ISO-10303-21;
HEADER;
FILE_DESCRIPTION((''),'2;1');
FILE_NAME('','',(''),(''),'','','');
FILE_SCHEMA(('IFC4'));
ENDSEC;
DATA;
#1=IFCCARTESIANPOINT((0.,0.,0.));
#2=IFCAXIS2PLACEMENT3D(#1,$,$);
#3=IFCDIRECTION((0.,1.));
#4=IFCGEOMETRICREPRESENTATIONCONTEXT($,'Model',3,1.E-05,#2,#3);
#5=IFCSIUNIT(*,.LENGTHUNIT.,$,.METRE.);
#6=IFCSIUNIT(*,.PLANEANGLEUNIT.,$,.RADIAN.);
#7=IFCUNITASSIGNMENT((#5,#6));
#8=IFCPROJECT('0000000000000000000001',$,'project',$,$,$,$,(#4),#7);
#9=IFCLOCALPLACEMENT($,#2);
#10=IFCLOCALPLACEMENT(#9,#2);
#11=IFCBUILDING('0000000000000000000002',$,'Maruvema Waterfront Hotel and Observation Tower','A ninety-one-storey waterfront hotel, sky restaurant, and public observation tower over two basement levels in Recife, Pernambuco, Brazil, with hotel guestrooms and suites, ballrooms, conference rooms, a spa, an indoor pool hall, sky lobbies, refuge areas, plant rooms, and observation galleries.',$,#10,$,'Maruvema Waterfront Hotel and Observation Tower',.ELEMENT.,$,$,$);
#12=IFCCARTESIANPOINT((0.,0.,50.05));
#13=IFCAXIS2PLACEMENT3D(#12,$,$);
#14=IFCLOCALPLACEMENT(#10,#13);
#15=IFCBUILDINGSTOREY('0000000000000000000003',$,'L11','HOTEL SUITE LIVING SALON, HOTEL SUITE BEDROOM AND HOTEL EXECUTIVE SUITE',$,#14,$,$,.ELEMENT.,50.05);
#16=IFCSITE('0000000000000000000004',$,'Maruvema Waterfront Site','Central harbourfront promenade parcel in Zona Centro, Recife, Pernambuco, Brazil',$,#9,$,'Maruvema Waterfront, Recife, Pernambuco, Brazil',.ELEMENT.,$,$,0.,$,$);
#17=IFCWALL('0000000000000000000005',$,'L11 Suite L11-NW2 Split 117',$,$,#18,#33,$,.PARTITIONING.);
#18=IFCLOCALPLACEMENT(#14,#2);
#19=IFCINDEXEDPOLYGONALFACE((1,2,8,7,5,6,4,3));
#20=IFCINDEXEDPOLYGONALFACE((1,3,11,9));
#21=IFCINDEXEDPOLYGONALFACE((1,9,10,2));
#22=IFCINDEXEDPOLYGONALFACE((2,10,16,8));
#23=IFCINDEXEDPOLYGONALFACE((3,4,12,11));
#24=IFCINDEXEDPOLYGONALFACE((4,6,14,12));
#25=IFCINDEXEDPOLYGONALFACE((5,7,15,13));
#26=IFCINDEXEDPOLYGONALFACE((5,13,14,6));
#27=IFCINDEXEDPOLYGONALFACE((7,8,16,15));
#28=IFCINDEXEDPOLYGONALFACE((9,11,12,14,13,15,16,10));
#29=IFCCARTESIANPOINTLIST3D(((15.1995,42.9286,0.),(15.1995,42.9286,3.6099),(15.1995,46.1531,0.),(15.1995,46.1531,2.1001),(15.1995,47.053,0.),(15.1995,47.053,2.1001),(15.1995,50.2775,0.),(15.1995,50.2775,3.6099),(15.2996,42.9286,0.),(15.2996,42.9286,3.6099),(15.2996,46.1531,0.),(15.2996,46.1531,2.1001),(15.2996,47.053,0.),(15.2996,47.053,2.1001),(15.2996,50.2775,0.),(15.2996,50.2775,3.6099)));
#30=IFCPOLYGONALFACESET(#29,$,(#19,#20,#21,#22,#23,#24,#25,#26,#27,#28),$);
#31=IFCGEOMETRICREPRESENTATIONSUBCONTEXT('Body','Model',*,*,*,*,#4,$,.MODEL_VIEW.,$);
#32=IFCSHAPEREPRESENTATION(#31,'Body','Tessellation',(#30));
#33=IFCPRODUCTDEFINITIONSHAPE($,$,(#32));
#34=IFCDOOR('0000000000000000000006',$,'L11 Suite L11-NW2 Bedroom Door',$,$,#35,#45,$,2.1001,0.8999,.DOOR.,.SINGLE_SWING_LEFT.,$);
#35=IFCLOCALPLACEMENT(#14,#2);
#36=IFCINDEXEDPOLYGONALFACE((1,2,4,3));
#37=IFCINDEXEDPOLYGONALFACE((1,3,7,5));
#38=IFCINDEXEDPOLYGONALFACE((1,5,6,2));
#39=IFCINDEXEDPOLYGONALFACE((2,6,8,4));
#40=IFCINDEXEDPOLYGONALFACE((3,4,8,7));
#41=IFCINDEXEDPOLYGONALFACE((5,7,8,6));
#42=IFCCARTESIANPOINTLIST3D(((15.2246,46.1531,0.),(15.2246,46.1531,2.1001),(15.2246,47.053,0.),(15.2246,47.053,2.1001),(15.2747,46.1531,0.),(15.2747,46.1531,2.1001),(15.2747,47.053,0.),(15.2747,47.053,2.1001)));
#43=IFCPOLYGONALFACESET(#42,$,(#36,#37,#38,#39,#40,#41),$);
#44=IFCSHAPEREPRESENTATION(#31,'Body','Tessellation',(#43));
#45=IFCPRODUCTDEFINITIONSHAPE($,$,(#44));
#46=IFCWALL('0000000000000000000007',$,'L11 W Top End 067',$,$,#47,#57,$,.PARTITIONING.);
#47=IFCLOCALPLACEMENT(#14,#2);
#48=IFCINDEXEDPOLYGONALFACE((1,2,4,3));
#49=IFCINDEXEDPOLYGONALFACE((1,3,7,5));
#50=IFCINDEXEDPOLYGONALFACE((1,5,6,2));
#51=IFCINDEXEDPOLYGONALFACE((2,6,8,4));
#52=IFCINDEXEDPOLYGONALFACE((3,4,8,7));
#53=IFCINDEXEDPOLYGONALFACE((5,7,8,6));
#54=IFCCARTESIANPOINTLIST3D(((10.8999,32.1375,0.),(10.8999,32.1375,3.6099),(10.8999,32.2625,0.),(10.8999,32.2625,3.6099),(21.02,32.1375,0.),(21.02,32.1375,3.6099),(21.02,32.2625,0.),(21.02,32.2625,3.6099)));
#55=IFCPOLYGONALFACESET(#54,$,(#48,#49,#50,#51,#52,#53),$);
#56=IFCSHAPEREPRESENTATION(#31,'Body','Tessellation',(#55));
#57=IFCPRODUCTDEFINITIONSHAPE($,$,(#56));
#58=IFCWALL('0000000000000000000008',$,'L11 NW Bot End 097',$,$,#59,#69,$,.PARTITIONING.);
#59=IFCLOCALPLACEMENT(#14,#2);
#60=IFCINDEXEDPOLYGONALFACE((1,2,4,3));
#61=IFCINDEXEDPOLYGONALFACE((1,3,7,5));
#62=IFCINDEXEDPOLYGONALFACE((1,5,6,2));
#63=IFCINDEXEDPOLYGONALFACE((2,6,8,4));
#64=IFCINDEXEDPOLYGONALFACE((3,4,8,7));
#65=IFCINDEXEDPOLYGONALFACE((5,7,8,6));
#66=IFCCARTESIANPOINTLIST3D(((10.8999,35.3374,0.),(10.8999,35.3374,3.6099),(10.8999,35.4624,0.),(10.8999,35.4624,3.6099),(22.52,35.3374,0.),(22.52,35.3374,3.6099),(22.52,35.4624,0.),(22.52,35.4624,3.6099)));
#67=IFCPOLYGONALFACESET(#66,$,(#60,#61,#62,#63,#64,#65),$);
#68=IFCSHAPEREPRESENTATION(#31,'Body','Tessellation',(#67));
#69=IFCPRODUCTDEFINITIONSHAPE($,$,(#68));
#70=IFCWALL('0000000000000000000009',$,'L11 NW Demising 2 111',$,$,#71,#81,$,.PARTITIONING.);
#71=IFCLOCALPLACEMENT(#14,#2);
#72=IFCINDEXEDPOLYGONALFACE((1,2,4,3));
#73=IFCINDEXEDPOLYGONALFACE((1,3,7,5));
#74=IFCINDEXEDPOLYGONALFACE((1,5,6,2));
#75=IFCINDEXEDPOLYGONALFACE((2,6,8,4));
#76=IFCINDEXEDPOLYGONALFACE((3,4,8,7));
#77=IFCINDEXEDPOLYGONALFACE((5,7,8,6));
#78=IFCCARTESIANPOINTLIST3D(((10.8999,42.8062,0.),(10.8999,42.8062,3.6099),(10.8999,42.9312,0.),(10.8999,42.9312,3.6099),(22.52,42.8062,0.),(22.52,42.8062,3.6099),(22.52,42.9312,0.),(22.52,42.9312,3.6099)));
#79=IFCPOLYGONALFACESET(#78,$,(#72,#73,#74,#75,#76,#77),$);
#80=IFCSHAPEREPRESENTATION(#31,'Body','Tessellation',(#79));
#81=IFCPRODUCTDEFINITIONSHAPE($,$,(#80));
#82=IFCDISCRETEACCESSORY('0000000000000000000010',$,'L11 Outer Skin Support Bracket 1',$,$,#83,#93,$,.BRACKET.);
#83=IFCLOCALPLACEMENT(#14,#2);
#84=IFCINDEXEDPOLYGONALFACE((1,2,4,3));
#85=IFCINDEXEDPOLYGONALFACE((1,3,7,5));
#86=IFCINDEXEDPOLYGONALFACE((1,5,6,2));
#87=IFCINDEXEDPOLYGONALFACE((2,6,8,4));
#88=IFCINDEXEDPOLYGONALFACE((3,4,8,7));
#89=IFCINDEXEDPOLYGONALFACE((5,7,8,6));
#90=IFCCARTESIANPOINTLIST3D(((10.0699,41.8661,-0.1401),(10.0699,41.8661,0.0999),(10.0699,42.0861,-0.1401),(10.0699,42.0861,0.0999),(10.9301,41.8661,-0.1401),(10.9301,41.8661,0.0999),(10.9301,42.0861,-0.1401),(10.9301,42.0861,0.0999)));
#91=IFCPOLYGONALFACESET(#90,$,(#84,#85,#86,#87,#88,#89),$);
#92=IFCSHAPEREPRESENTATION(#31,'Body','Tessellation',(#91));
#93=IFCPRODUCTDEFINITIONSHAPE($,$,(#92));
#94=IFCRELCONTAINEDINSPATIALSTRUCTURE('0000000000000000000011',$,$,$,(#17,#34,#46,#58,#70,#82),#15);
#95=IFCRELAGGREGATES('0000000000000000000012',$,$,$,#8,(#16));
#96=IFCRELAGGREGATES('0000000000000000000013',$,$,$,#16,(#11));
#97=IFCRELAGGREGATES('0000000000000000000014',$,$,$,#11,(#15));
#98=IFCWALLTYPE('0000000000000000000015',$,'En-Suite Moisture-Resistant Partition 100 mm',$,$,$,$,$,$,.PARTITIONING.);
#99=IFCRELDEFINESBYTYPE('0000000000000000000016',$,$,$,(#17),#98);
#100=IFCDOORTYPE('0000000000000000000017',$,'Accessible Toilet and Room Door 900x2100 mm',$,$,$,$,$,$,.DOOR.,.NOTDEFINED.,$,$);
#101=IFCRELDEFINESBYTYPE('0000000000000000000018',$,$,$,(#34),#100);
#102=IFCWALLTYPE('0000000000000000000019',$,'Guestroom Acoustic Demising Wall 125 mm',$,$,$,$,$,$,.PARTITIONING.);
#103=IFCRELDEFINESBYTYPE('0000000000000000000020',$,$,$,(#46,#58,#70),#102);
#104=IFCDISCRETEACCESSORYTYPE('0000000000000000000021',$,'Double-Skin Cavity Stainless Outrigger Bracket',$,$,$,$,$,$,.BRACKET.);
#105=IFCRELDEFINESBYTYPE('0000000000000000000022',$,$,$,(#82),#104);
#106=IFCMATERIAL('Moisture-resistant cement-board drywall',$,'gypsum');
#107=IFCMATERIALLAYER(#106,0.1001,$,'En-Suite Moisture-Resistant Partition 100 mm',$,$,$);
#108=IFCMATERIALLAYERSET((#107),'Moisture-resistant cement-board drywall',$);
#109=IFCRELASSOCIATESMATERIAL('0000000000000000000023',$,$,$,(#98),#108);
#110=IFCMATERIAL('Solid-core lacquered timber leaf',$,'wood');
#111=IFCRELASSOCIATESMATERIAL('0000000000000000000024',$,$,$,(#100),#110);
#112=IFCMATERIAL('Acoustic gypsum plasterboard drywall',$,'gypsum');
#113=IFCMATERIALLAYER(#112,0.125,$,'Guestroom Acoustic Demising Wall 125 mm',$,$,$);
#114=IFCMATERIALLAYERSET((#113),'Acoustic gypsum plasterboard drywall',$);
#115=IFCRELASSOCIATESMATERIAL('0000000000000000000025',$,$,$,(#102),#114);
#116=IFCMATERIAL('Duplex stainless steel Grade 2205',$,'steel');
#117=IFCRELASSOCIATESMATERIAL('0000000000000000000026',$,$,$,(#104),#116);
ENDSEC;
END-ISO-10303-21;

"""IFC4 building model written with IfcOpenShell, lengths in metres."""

from ifc_helpers import new_model, si_unit, direction, frame, frame_2d, origin, origin_2d, place, context, subcontext, project, spatial, rectangle, extrude, material, layer, layer_set, type_object, element, fill, save


model = new_model("IFC4")

# Units and contexts
model_context = context("Model", 3, precision=1e-05, world=origin(), true_north=direction((0.0, 1.0)))
body_context = subcontext(model_context, "Body", "Model", "MODEL_VIEW")
ifc_project = project(units=[si_unit("LENGTHUNIT", "METRE"), si_unit("PLANEANGLEUNIT", "RADIAN")], contexts=[model_context])

# Site, building, storey
site_placement = place(None, origin())
site = spatial("IfcSite", under=ifc_project, at=site_placement, Name="Maruvema Waterfront Site", Description="Central harbourfront promenade parcel in Zona Centro, Recife, Pernambuco, Brazil", LongName="Maruvema Waterfront, Recife, Pernambuco, Brazil", CompositionType="ELEMENT", RefElevation=0.0)
building_placement = place(site_placement, origin())
building = spatial("IfcBuilding", under=site, at=building_placement, Name="Maruvema Waterfront Hotel and Observation Tower", Description="A ninety-one-storey waterfront hotel, sky restaurant, and public observation tower over two basement levels in Recife, Pernambuco, Brazil, with hotel guestrooms and suites, ballrooms, conference rooms, a spa, an indoor pool hall, sky lobbies, refuge areas, plant rooms, and observation galleries.", LongName="Maruvema Waterfront Hotel and Observation Tower", CompositionType="ELEMENT")
storey_placement = place(building_placement, frame((0.0, 0.0, 50.05)))
storey = spatial("IfcBuildingStorey", under=building, at=storey_placement, Name="L11", Description="HOTEL SUITE LIVING SALON, HOTEL SUITE BEDROOM AND HOTEL EXECUTIVE SUITE", CompositionType="ELEMENT", Elevation=50.05)

# Shared definitions
ifc_material_1 = material(Name="Moisture-resistant cement-board drywall", Category="gypsum")
ifc_layer_1 = layer(ifc_material_1, 0.1001, Name="En-Suite Moisture-Resistant Partition 100 mm")
ifc_layer_set_1 = layer_set([ifc_layer_1], Name="Moisture-resistant cement-board drywall")
wall_type_1 = type_object("IfcWallType", Name="En-Suite Moisture-Resistant Partition 100 mm", PredefinedType="PARTITIONING", material=ifc_layer_set_1)

# Shared definitions
ifc_material_2 = material(Name="Solid-core lacquered timber leaf", Category="wood")
door_type_1 = type_object("IfcDoorType", Name="Accessible Toilet and Room Door 900x2100 mm", OperationType="NOTDEFINED", PredefinedType="DOOR", material=ifc_material_2)

# Wall, opening, door
wall_1_placement = place(storey_placement, frame((15.2495, 42.9287, 0.0), z_axis=(0.0, 0.0, 1.0), x_axis=(0.0, 1.0, 0.0)))
wall_1 = element("IfcWall", 1, at=wall_1_placement, inside=storey, type_object=wall_type_1, Name="L11 Suite L11-NW2 Split 117", PredefinedType="PARTITIONING", context=body_context, shape_type="SweptSolid", body=[
    extrude(rectangle(XDim=7.3489, YDim=0.1001, at=frame_2d((3.6743, 0.0))), origin(), (0.0, 0.0, 1.0), 3.6099),
])
opening_1_placement = place(wall_1_placement, frame((3.2244, 0.0, 0.0)))
opening_1 = element("IfcOpeningElement", 2, at=opening_1_placement, cuts=wall_1, PredefinedType="OPENING", context=body_context, shape_type="SweptSolid", body=[
    extrude(rectangle(XDim=0.8999, YDim=2.1001, at=frame_2d((0.45, 1.05))), frame((0.0, 0.0601, 0.0), z_axis=(0.0, -1.0, 0.0), x_axis=(1.0, 0.0, 0.0)), (0.0, 0.0, 1.0), 0.1201),
])
door_1_placement = place(opening_1_placement, origin())
door_1 = element("IfcDoor", 3, at=door_1_placement, inside=storey, type_object=door_type_1, Name="L11 Suite L11-NW2 Bedroom Door", OperationType="SINGLE_SWING_LEFT", OverallHeight=2.1001, OverallWidth=0.8999, PredefinedType="DOOR", context=body_context, shape_type="SweptSolid", body=[
    extrude(rectangle(XDim=0.8999, YDim=2.1001, at=frame_2d((0.45, 1.05))), frame((0.0, 0.0249, 0.0), z_axis=(0.0, -1.0, 0.0), x_axis=(1.0, 0.0, 0.0)), (0.0, 0.0, 1.0), 0.05),
])
fill(opening_1, door_1)

# Walls
ifc_material_3 = material(Name="Acoustic gypsum plasterboard drywall", Category="gypsum")
ifc_layer_2 = layer(ifc_material_3, 0.125, Name="Guestroom Acoustic Demising Wall 125 mm")
ifc_layer_set_2 = layer_set([ifc_layer_2], Name="Acoustic gypsum plasterboard drywall")
wall_type_2 = type_object("IfcWallType", Name="Guestroom Acoustic Demising Wall 125 mm", PredefinedType="PARTITIONING", material=ifc_layer_set_2)
wall_2_placement = place(storey_placement, frame((10.8999, 32.2, 0.0), z_axis=(0.0, 0.0, 1.0), x_axis=(1.0, 0.0, 0.0)))
element("IfcWall", 4, at=wall_2_placement, inside=storey, type_object=wall_type_2, Name="L11 W Top End 067", PredefinedType="PARTITIONING", context=body_context, shape_type="SweptSolid", body=[
    extrude(rectangle(XDim=10.1201, YDim=0.125, at=frame_2d((5.0601, 0.0))), origin(), (0.0, 0.0, 1.0), 3.6099),
])
for number, where, z_axis, x_axis, name in (
    (5, (10.8999, 35.3999, 0.0), (0.0, 0.0, 1.0), (1.0, 0.0, 0.0), "L11 NW Bot End 097"),
    (6, (10.8999, 42.8687, 0.0), (0.0, 0.0, 1.0), (1.0, 0.0, 0.0), "L11 NW Demising 2 111"),
):
    element("IfcWall", number, at=place(storey_placement, frame(where, z_axis=z_axis, x_axis=x_axis)), inside=storey, type_object=wall_type_2, Name=name, PredefinedType="PARTITIONING", context=body_context, shape_type="SweptSolid", body=[
        extrude(rectangle(XDim=11.6201, YDim=0.125, at=frame_2d((5.8101, 0.0))), origin(), (0.0, 0.0, 1.0), 3.6099),
    ])

# Discrete accessory
ifc_material_4 = material(Name="Duplex stainless steel Grade 2205", Category="steel")
discrete_accessory_type = type_object("IfcDiscreteAccessoryType", Name="Double-Skin Cavity Stainless Outrigger Bracket", PredefinedType="BRACKET", material=ifc_material_4)
discrete_accessory_placement = place(storey_placement, frame((10.5, 41.9761, -0.1401), z_axis=(0.0, 0.0, 1.0), x_axis=(0.0, -1.0, 0.0)))
element("IfcDiscreteAccessory", 7, at=discrete_accessory_placement, inside=storey, type_object=discrete_accessory_type, Name="L11 Outer Skin Support Bracket 1", PredefinedType="BRACKET", context=body_context, shape_type="SweptSolid", body=[
    extrude(rectangle(XDim=0.22, YDim=0.8601, at=origin_2d()), origin(), (0.0, 0.0, 1.0), 0.24),
])

save(model, "model.ifc")
